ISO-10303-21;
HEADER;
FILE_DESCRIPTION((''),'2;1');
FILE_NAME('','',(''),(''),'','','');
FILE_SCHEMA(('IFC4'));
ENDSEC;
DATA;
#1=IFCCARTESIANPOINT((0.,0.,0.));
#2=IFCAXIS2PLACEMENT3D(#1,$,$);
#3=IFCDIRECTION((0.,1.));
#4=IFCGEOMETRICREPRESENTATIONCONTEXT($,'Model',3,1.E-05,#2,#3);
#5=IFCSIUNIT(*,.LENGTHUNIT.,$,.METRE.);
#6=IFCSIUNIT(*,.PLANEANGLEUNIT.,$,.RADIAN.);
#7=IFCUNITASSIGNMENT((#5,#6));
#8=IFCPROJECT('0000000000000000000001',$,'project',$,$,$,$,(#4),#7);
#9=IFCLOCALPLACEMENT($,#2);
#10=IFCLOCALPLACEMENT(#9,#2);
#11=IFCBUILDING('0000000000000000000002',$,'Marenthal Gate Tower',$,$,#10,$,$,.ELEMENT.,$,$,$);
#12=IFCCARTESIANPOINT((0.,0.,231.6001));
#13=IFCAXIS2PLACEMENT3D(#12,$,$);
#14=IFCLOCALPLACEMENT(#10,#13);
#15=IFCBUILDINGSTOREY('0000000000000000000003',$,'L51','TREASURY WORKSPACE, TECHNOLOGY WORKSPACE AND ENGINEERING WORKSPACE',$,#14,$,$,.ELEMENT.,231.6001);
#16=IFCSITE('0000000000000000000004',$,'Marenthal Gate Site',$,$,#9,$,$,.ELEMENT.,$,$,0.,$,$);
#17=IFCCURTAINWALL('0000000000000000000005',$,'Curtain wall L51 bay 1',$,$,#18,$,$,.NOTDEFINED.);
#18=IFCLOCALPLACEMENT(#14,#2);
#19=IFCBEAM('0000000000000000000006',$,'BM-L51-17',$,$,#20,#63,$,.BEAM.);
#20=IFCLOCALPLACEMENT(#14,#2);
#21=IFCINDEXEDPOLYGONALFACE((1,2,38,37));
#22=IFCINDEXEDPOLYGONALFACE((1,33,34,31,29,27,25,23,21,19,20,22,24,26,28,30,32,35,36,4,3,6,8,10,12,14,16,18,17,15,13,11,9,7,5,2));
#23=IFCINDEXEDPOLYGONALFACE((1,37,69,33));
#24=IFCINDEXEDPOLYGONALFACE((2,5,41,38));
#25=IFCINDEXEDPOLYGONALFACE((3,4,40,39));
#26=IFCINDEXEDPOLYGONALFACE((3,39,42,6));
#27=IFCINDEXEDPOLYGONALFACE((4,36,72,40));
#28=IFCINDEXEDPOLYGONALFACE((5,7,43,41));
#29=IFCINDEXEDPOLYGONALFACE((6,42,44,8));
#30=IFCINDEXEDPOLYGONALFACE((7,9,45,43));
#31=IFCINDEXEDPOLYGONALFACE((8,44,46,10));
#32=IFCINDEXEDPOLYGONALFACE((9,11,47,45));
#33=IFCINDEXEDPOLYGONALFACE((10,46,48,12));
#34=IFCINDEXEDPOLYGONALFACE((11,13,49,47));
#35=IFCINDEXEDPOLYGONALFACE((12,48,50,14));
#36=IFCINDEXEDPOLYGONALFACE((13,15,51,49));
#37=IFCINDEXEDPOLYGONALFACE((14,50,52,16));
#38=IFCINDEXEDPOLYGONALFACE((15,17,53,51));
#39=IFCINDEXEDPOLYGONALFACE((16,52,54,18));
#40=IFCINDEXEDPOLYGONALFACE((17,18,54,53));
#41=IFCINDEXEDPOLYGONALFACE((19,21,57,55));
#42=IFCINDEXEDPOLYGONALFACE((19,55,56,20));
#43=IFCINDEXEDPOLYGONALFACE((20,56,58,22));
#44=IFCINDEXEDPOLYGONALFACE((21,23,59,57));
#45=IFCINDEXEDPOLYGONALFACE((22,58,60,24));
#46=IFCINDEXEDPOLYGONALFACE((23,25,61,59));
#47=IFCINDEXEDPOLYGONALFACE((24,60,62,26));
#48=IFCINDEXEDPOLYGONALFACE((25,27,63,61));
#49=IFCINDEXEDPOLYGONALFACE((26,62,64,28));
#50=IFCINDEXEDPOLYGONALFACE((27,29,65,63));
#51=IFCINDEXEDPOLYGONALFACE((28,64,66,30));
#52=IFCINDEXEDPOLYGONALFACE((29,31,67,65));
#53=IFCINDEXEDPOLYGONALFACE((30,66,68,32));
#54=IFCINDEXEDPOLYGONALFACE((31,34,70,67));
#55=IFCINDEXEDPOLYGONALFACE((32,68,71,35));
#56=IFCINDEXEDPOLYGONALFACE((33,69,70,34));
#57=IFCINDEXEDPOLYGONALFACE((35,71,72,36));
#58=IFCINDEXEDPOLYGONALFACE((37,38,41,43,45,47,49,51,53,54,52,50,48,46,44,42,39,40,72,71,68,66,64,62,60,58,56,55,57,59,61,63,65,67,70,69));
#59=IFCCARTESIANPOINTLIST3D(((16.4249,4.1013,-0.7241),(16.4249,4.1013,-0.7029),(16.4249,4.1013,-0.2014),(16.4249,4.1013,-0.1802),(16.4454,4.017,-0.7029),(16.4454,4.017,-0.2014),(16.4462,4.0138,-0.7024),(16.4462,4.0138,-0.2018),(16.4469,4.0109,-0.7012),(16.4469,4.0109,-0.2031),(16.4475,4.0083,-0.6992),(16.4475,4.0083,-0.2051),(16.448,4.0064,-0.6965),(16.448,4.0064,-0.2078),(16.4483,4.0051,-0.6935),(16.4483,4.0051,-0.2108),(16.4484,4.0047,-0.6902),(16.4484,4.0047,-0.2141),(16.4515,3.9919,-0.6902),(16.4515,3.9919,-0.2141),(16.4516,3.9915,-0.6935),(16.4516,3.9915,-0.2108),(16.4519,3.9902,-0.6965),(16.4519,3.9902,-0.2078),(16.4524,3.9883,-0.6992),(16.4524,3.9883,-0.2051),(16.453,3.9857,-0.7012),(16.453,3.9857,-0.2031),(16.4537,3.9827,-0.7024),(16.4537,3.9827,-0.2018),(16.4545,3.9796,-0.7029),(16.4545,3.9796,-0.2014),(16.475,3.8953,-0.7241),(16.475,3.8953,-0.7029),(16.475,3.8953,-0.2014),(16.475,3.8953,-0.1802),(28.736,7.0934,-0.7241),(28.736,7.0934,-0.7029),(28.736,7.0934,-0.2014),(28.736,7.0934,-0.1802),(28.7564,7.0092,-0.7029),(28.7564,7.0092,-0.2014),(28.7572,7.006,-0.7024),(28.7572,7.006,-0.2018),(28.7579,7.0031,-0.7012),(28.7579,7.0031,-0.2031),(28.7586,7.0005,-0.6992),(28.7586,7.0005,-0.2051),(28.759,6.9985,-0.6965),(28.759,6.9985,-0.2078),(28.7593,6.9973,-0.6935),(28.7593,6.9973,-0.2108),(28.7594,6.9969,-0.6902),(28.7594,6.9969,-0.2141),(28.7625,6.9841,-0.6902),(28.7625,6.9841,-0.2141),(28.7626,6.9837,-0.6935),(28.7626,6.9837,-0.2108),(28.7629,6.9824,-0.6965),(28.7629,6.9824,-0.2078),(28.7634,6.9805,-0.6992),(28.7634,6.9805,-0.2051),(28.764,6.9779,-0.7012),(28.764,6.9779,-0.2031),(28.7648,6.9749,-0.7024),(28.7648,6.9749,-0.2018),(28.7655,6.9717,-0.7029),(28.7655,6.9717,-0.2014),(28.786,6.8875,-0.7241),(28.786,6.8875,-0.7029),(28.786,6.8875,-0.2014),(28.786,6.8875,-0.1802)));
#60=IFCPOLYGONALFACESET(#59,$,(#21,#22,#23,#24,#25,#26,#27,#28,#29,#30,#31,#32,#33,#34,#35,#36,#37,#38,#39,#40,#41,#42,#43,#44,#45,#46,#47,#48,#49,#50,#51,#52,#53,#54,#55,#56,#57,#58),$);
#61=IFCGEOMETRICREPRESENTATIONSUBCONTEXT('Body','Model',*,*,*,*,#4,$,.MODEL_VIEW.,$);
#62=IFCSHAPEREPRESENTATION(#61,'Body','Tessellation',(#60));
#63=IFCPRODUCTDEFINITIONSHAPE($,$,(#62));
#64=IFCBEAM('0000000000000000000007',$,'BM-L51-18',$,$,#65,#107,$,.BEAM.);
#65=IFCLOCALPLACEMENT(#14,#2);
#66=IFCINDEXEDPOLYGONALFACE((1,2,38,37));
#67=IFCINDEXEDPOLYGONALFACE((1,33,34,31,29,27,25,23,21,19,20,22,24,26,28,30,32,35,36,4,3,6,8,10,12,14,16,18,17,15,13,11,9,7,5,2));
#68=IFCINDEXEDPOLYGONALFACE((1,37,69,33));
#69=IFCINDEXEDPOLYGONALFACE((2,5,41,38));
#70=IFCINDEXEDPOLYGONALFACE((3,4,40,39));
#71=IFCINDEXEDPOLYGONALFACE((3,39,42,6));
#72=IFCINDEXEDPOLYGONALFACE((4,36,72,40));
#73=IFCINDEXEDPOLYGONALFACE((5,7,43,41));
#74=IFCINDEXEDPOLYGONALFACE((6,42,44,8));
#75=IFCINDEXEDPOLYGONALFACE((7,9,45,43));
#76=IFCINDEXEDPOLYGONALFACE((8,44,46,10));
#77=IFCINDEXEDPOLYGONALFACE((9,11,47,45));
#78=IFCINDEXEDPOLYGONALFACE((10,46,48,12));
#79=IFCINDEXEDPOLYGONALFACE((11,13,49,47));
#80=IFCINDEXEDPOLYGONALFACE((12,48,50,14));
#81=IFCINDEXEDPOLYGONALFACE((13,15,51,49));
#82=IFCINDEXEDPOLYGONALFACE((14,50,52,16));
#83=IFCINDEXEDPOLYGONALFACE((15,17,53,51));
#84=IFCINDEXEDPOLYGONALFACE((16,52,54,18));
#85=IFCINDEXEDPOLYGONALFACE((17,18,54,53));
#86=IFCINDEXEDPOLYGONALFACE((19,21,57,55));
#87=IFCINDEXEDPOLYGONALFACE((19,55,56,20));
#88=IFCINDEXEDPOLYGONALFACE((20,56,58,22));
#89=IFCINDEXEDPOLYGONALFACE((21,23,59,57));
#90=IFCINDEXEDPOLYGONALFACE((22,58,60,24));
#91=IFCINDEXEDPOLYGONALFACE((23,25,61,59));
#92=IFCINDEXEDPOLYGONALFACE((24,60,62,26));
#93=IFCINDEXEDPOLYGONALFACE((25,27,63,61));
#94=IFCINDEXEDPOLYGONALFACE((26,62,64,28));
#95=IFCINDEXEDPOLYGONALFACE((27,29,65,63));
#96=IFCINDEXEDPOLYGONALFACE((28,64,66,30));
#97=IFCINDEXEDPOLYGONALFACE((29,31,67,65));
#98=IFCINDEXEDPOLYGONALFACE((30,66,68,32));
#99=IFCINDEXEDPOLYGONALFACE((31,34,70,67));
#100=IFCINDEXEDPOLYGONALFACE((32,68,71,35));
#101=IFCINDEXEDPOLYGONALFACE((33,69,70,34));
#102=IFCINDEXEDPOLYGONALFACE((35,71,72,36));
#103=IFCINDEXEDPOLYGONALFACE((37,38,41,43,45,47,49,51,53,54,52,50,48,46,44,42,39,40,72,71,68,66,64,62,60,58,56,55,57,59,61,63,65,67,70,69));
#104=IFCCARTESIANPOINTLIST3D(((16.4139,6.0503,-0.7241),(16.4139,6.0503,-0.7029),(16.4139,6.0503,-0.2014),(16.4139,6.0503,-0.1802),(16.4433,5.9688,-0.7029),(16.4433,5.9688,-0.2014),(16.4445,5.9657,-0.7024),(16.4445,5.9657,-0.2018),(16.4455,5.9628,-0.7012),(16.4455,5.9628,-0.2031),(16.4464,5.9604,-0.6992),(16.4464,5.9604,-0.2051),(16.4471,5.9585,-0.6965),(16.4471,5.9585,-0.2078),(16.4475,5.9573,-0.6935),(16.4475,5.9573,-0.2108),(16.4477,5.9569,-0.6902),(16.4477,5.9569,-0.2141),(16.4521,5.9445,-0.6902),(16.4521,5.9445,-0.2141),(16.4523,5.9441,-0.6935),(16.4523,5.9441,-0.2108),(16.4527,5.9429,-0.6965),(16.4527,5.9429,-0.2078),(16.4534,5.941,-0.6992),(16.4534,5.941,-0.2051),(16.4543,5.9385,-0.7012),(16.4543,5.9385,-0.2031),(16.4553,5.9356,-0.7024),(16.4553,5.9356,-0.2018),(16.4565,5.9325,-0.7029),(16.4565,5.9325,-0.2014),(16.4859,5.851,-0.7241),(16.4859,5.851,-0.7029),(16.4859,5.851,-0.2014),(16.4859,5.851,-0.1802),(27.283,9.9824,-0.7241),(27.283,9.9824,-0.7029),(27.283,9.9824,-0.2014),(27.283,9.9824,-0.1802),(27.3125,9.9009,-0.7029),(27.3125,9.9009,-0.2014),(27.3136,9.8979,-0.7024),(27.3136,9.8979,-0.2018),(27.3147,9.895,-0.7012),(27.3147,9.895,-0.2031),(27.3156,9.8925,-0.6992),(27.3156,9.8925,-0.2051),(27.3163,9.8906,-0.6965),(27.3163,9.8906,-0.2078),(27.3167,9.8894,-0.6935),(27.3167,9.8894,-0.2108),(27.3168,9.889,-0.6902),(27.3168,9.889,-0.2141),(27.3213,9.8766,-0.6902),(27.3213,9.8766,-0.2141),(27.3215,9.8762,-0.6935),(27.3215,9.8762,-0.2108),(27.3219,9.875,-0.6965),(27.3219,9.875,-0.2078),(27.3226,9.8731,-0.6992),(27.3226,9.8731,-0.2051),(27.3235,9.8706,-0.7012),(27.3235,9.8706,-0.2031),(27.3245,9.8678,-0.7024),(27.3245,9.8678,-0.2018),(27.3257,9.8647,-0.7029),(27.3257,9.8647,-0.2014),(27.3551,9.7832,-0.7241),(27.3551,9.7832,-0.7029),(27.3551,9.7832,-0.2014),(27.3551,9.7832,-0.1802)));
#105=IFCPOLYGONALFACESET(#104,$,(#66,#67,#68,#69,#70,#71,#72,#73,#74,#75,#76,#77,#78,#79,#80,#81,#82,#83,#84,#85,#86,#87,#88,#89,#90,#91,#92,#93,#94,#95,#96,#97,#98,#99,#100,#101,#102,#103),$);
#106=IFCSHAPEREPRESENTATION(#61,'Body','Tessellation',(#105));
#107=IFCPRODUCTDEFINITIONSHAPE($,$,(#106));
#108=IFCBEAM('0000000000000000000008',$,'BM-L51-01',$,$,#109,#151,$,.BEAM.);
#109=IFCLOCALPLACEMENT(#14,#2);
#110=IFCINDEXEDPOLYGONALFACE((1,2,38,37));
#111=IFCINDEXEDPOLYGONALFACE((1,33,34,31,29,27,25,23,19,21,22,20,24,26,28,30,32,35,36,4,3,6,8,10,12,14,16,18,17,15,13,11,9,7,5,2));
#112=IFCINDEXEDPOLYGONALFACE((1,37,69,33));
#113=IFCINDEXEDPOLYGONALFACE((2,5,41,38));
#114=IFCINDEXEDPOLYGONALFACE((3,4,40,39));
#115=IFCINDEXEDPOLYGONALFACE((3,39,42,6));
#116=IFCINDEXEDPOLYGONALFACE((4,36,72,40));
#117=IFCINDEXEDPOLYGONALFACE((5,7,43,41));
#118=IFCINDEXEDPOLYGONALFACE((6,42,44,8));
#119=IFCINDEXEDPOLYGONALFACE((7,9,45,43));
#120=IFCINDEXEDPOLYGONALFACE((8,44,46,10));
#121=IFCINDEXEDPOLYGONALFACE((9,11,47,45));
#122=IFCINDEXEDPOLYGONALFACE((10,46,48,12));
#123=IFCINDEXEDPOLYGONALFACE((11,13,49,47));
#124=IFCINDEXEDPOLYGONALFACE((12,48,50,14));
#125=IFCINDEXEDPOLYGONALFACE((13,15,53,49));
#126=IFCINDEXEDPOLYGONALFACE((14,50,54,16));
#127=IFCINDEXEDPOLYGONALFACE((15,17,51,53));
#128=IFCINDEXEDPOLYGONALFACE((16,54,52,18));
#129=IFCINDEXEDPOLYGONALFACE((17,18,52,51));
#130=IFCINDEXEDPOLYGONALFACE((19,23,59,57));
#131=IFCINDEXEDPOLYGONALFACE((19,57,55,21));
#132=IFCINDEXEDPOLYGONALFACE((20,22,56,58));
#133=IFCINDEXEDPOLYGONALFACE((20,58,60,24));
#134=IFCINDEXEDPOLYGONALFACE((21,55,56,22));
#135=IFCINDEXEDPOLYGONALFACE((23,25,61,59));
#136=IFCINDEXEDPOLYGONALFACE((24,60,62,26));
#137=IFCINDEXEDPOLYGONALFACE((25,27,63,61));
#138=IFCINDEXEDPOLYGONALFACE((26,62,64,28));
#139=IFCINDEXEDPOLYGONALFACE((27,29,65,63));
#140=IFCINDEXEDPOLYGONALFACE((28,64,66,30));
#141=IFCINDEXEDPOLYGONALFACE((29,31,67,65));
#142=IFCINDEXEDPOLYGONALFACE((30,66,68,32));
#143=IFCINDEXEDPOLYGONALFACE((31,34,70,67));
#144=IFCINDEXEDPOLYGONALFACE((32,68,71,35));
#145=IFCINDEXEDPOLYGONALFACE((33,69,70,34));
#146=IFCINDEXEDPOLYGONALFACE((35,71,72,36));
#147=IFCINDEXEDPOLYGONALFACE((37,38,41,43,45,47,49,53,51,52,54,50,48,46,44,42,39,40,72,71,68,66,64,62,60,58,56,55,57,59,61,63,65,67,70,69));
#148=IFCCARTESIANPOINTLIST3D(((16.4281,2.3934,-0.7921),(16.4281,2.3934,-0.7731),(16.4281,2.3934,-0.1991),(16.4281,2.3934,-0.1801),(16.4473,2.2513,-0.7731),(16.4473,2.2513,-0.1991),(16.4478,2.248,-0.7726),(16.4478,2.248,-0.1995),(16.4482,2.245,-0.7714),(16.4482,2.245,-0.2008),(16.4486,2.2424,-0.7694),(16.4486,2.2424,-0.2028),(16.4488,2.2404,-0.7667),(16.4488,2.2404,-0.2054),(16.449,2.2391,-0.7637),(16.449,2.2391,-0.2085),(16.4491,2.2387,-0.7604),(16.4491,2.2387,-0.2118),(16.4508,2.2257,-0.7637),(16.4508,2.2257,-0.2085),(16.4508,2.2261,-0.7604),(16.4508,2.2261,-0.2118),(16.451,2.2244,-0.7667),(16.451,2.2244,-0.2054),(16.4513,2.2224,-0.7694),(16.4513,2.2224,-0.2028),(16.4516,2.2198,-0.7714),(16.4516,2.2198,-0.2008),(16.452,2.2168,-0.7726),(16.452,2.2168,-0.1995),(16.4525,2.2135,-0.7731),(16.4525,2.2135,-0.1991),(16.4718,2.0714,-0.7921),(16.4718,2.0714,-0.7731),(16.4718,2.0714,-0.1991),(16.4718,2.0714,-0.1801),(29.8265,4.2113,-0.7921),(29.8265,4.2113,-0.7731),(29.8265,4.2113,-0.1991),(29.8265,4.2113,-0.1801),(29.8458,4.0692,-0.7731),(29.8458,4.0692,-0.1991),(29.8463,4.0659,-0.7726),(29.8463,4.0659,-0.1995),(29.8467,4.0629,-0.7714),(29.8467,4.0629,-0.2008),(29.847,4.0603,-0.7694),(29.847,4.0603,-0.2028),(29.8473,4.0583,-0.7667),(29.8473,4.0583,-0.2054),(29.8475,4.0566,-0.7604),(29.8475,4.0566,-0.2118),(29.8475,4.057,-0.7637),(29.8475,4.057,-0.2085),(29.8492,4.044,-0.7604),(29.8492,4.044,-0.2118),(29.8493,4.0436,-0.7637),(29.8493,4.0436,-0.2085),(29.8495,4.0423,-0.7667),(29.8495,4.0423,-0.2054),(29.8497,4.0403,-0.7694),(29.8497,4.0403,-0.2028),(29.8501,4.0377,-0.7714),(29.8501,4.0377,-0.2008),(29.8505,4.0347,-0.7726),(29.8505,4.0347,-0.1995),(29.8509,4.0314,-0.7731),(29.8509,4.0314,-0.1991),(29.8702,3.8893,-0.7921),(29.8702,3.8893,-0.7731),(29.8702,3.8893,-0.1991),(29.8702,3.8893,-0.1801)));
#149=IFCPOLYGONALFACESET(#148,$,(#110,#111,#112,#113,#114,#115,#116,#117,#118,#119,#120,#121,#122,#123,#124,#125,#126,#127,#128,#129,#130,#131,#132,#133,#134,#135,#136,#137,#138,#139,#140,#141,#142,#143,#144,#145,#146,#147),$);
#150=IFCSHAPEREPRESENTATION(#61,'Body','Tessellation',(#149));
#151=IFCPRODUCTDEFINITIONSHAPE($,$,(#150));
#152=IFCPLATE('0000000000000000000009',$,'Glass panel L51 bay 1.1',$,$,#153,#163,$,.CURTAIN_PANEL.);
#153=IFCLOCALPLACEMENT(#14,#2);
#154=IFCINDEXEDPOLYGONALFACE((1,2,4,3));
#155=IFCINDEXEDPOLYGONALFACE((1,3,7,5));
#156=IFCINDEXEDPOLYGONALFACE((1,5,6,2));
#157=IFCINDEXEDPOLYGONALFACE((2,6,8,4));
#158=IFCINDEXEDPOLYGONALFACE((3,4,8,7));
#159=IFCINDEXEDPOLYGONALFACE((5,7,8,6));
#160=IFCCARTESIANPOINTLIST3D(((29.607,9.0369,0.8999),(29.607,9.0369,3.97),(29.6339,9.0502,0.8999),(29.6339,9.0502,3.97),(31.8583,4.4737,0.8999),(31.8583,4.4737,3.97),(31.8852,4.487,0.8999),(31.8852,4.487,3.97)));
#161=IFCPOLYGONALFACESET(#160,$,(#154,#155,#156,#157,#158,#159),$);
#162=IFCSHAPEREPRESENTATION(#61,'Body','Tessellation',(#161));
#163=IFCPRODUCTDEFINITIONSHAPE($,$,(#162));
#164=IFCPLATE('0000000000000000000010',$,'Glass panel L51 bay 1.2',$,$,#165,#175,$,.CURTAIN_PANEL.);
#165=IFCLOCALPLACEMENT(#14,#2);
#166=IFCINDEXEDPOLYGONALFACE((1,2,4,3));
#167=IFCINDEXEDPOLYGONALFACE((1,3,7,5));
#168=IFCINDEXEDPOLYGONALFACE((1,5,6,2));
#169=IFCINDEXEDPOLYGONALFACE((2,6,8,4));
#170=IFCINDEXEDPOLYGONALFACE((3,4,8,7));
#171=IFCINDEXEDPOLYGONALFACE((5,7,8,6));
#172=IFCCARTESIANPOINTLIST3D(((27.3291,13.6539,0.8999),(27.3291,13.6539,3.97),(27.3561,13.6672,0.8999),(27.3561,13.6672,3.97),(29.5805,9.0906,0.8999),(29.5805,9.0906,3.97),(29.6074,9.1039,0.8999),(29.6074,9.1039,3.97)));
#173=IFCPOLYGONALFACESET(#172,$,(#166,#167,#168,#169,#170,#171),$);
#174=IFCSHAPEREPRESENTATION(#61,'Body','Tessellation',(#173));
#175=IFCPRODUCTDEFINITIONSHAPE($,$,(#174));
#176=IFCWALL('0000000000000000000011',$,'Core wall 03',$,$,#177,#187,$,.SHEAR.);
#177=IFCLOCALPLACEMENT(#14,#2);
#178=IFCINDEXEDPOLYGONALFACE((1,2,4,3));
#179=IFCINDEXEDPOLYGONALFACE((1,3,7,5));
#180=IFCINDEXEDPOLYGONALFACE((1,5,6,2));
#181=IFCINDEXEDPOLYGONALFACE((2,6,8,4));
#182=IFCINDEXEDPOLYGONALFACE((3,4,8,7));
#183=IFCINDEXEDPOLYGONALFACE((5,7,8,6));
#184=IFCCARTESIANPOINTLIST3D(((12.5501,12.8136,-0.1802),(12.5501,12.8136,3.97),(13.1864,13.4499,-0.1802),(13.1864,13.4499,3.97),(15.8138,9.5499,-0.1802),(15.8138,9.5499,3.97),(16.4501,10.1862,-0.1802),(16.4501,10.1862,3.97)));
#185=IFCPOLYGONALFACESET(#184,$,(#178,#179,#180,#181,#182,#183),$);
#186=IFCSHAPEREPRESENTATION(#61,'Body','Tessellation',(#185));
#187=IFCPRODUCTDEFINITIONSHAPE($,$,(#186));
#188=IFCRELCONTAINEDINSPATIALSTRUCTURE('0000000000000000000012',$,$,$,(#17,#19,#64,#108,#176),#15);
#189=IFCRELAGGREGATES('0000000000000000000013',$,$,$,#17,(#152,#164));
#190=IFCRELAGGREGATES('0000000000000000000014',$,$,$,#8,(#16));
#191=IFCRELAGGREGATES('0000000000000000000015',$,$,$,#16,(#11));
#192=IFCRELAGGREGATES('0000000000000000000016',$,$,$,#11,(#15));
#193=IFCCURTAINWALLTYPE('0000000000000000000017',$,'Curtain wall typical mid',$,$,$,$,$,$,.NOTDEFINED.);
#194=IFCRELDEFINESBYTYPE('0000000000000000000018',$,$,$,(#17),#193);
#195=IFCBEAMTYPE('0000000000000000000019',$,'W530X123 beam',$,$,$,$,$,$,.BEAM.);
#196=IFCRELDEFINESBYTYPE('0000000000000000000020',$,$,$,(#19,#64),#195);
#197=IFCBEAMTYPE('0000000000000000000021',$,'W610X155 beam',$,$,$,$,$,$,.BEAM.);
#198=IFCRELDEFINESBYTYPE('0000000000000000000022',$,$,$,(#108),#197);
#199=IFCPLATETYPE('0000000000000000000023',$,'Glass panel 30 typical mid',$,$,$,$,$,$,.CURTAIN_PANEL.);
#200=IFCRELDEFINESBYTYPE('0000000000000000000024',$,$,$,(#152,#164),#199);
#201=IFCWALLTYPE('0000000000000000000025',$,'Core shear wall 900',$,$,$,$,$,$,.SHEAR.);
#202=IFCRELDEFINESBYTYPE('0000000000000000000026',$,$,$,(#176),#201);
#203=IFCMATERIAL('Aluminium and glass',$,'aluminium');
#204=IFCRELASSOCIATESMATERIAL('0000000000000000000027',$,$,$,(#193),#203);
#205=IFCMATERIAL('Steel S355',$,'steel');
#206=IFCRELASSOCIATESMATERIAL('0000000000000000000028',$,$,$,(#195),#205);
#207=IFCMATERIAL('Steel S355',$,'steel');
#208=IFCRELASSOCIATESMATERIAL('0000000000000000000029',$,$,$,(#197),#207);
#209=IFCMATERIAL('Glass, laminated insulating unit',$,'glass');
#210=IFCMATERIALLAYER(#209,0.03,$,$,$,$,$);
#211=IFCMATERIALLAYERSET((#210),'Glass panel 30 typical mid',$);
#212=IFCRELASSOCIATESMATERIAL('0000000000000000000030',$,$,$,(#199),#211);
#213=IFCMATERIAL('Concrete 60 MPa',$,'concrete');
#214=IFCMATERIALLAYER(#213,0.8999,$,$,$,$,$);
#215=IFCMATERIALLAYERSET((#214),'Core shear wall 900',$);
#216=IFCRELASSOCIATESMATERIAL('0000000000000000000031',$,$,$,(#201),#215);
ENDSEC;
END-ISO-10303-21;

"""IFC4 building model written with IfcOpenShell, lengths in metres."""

from ifc_helpers import new_model, si_unit, direction, frame, frame_2d, origin, origin_2d, place, context, subcontext, project, spatial, rectangle, i_section, extrude, material, layer, layer_set, material_profile, profile_set, type_object, element, aggregate, save


model = new_model("IFC4")

# Units and contexts
model_context = context("Model", 3, precision=1e-05, world=origin(), true_north=direction((0.0, 1.0)))
body_context = subcontext(model_context, "Body", "Model", "MODEL_VIEW")
ifc_project = project(units=[si_unit("LENGTHUNIT", "METRE"), si_unit("PLANEANGLEUNIT", "RADIAN")], contexts=[model_context])

# Site, building, storey
site_placement = place(None, origin())
site = spatial("IfcSite", under=ifc_project, at=site_placement, Name="Marenthal Gate Site", CompositionType="ELEMENT", RefElevation=0.0)
building_placement = place(site_placement, origin())
building = spatial("IfcBuilding", under=site, at=building_placement, Name="Marenthal Gate Tower", CompositionType="ELEMENT")
storey_placement = place(building_placement, frame((0.0, 0.0, 231.6001)))
storey = spatial("IfcBuildingStorey", under=building, at=storey_placement, Name="L51", Description="TREASURY WORKSPACE, TECHNOLOGY WORKSPACE AND ENGINEERING WORKSPACE", CompositionType="ELEMENT", Elevation=231.6001)

# Curtain wall
ifc_material_1 = material(Name="Aluminium and glass", Category="aluminium")
curtain_wall_type = type_object("IfcCurtainWallType", Name="Curtain wall typical mid", PredefinedType="NOTDEFINED", material=ifc_material_1)
curtain_wall_placement = place(storey_placement, origin())
curtain_wall = element("IfcCurtainWall", 1, at=curtain_wall_placement, inside=storey, type_object=curtain_wall_type, Name="Curtain wall L51 bay 1", PredefinedType="NOTDEFINED")

# Beams
ifc_material_2 = material(Name="Steel S355", Category="steel")
ifc_material_profile_1 = material_profile(ifc_material_2, i_section(OverallWidth=0.2119, OverallDepth=0.5439, WebThickness=0.0132, FlangeThickness=0.0212, FilletRadius=0.0127, at=origin_2d()), Name="W530X123")
ifc_profile_set_1 = profile_set([ifc_material_profile_1], Name="Steel S355")
beam_type_1 = type_object("IfcBeamType", Name="W530X123 beam", PredefinedType="BEAM", material=ifc_profile_set_1)
beam_1_placement = place(storey_placement, frame((28.761, 6.9905, -0.4521), z_axis=(-0.971711, -0.236174, 0.0), x_axis=(0.236174, -0.971711, 0.0)))
element("IfcBeam", 2, at=beam_1_placement, inside=storey, type_object=beam_type_1, Name="BM-L51-17", PredefinedType="BEAM", context=body_context, shape_type="SweptSolid", body=[
    extrude(i_section(OverallWidth=0.2119, OverallDepth=0.5439, WebThickness=0.0132, FlangeThickness=0.0212, FilletRadius=0.0127, at=origin_2d()), origin(), (0.0, 0.0, 1.0), 12.6694),
])
beam_2_placement = place(storey_placement, frame((27.3191, 9.8828, -0.4521), z_axis=(-0.940356, -0.340193, 0.0), x_axis=(0.340193, -0.940356, 0.0)))
element("IfcBeam", 3, at=beam_2_placement, inside=storey, type_object=beam_type_1, Name="BM-L51-18", PredefinedType="BEAM", context=body_context, shape_type="SweptSolid", body=[
    extrude(i_section(OverallWidth=0.2119, OverallDepth=0.5439, WebThickness=0.0132, FlangeThickness=0.0212, FilletRadius=0.0127, at=origin_2d()), origin(), (0.0, 0.0, 1.0), 11.5586),
])
ifc_material_3 = material(Name="Steel S355", Category="steel")
ifc_material_profile_2 = material_profile(ifc_material_3, i_section(OverallWidth=0.325, OverallDepth=0.6121, WebThickness=0.0127, FlangeThickness=0.019, FilletRadius=0.0127, at=origin_2d()), Name="W610X155")
ifc_profile_set_2 = profile_set([ifc_material_profile_2], Name="Steel S355")
beam_type_2 = type_object("IfcBeamType", Name="W610X155 beam", PredefinedType="BEAM", material=ifc_profile_set_2)
beam_3_placement = place(storey_placement, frame((29.8484, 4.0503, -0.4861), z_axis=(-0.990921, -0.134446, 0.0), x_axis=(0.134446, -0.990921, 0.0)))
element("IfcBeam", 4, at=beam_3_placement, inside=storey, type_object=beam_type_2, Name="BM-L51-01", PredefinedType="BEAM", context=body_context, shape_type="SweptSolid", body=[
    extrude(i_section(OverallWidth=0.325, OverallDepth=0.6121, WebThickness=0.0127, FlangeThickness=0.019, FilletRadius=0.0127, at=origin_2d()), origin(), (0.0, 0.0, 1.0), 13.5212),
])

# Plates
ifc_material_4 = material(Name="Glass, laminated insulating unit", Category="glass")
ifc_layer_1 = layer(ifc_material_4, 0.03)
ifc_layer_set_1 = layer_set([ifc_layer_1], Name="Glass panel 30 typical mid")
plate_type = type_object("IfcPlateType", Name="Glass panel 30 typical mid", PredefinedType="CURTAIN_PANEL", material=ifc_layer_set_1)
plate_1_placement = place(storey_placement, frame((30.7461, 6.762, 0.8999), z_axis=(0.0, 0.0, 1.0), x_axis=(-0.442441, 0.896798, 0.0)))
plate_1 = element("IfcPlate", 5, at=plate_1_placement, type_object=plate_type, Name="Glass panel L51 bay 1.1", PredefinedType="CURTAIN_PANEL", context=body_context, shape_type="SweptSolid", body=[
    extrude(rectangle(XDim=5.0884, YDim=0.03, at=origin_2d()), origin(), (0.0, 0.0, 1.0), 3.0701),
])
plate_2_placement = place(storey_placement, frame((28.4683, 11.3789, 0.8999), z_axis=(0.0, 0.0, 1.0), x_axis=(-0.442441, 0.896798, 0.0)))
plate_2 = element("IfcPlate", 6, at=plate_2_placement, type_object=plate_type, Name="Glass panel L51 bay 1.2", PredefinedType="CURTAIN_PANEL", context=body_context, shape_type="SweptSolid", body=[
    extrude(rectangle(XDim=5.0884, YDim=0.03, at=origin_2d()), origin(), (0.0, 0.0, 1.0), 3.0701),
])
aggregate(curtain_wall, [plate_1, plate_2])

# Wall
ifc_material_5 = material(Name="Concrete 60 MPa", Category="concrete")
ifc_layer_2 = layer(ifc_material_5, 0.8999)
ifc_layer_set_2 = layer_set([ifc_layer_2], Name="Core shear wall 900")
wall_type_1 = type_object("IfcWallType", Name="Core shear wall 900", PredefinedType="SHEAR", material=ifc_layer_set_2)
wall_1_placement = place(storey_placement, frame((16.1318, 9.8682, -0.1802), z_axis=(0.0, 0.0, 1.0), x_axis=(-0.707107, 0.707107, 0.0)))
element("IfcWall", 7, at=wall_1_placement, inside=storey, type_object=wall_type_1, Name="Core wall 03", PredefinedType="SHEAR", context=body_context, shape_type="SweptSolid", body=[
    extrude(rectangle(XDim=4.6155, YDim=0.8999, at=frame_2d((2.3076, 0.0))), origin(), (0.0, 0.0, 1.0), 4.1501),
])

save(model, "model.ifc")
